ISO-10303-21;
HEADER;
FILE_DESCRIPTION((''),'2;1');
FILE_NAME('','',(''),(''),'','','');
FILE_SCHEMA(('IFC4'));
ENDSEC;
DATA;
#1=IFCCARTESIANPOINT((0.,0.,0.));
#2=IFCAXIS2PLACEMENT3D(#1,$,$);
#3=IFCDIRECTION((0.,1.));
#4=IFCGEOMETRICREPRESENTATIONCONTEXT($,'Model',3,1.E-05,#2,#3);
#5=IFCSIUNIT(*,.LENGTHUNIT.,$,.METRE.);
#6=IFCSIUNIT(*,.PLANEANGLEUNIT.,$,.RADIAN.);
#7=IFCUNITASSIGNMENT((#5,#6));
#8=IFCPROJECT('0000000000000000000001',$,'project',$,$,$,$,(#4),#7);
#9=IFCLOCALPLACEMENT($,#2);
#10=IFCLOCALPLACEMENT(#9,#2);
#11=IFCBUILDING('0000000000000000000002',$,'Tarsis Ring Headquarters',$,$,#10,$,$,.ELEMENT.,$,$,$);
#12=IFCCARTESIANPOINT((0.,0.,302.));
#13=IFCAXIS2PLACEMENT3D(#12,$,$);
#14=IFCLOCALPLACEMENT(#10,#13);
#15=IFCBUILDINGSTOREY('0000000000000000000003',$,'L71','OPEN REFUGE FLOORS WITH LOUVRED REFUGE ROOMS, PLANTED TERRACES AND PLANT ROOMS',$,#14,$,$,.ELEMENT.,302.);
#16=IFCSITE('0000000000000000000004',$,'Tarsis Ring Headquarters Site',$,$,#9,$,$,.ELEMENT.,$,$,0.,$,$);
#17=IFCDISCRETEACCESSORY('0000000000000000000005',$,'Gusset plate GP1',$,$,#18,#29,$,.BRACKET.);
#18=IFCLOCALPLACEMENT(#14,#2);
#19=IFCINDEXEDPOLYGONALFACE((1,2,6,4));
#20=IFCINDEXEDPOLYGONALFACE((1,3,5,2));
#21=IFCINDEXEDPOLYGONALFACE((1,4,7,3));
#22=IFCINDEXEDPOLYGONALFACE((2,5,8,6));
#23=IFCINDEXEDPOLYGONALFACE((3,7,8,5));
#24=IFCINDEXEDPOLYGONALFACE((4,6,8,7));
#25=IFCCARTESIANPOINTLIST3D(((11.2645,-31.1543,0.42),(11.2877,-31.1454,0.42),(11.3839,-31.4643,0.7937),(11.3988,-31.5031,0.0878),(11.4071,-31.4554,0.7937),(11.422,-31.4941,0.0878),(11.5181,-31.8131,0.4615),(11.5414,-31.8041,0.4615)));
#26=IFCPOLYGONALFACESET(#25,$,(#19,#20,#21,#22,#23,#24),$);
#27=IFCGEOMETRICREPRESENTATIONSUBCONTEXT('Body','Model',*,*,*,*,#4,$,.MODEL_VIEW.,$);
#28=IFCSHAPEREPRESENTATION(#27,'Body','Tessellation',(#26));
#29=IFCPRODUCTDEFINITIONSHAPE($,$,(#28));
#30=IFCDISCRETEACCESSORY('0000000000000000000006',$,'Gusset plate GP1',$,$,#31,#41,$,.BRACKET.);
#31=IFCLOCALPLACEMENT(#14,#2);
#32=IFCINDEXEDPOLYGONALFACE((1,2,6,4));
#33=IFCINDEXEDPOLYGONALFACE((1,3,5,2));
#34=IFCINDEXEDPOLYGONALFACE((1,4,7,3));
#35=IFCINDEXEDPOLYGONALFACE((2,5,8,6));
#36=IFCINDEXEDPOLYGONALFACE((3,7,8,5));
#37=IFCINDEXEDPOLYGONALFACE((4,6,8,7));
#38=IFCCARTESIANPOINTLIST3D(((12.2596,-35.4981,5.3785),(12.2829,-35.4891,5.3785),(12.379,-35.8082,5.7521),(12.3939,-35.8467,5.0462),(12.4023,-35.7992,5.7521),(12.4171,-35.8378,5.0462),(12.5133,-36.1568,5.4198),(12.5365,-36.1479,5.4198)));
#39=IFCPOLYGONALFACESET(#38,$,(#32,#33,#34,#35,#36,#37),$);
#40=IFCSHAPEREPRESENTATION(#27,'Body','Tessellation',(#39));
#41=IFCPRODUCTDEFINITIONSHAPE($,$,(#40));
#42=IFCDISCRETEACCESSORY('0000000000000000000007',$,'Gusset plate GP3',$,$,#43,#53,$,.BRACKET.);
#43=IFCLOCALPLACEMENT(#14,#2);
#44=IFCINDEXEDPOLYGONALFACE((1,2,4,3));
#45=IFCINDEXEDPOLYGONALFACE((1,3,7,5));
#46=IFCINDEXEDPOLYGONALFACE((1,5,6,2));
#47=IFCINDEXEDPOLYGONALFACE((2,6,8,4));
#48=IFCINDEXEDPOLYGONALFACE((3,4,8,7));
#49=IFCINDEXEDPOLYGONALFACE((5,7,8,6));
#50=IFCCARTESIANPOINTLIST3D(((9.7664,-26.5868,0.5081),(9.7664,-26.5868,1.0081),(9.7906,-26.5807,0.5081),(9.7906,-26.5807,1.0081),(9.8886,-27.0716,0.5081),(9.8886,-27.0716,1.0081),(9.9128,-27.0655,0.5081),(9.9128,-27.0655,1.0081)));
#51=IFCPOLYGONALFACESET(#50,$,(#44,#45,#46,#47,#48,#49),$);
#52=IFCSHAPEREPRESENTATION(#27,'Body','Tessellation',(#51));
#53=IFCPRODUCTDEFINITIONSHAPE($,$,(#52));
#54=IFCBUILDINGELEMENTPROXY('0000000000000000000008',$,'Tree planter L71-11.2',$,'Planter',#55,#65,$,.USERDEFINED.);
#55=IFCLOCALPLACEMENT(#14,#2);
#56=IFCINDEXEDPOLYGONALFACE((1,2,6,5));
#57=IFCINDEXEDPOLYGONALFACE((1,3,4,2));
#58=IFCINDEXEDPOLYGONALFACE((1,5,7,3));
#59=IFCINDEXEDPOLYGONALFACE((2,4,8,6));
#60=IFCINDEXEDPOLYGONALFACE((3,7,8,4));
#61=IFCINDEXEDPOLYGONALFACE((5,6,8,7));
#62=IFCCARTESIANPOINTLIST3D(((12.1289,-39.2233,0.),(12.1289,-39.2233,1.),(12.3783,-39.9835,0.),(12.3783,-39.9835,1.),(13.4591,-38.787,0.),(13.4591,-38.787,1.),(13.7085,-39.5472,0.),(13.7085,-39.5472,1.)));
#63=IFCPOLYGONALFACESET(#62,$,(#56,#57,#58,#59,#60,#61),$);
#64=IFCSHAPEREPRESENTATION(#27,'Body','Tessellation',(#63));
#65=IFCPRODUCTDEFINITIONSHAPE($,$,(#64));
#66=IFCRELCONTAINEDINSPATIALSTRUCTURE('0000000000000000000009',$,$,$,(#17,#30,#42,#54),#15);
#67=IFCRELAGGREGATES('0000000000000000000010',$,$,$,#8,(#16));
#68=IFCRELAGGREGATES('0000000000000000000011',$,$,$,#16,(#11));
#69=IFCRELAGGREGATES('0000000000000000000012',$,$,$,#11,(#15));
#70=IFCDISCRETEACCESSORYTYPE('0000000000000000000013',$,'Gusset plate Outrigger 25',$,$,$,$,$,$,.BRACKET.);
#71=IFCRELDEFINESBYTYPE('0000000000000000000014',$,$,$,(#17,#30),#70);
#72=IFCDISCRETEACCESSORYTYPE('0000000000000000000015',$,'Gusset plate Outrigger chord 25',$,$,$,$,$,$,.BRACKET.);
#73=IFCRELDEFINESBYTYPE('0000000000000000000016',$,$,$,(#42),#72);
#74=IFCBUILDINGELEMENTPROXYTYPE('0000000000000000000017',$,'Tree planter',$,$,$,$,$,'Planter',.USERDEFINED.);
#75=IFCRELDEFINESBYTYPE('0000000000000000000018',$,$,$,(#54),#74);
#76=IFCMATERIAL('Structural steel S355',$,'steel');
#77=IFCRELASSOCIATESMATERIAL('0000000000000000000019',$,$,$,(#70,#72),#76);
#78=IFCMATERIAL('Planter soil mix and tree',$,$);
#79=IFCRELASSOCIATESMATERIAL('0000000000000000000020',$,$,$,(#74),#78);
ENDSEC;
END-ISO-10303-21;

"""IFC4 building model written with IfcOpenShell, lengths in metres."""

from ifc_helpers import new_model, si_unit, direction, frame, origin, origin_2d, place, context, subcontext, project, spatial, rectangle, extrude, material, material_profile, profile_set, type_object, element, save


model = new_model("IFC4")

# Units and contexts
model_context = context("Model", 3, precision=1e-05, world=origin(), true_north=direction((0.0, 1.0)))
body_context = subcontext(model_context, "Body", "Model", "MODEL_VIEW")
ifc_project = project(units=[si_unit("LENGTHUNIT", "METRE"), si_unit("PLANEANGLEUNIT", "RADIAN")], contexts=[model_context])

# Site, building, storey
site_placement = place(None, origin())
site = spatial("IfcSite", under=ifc_project, at=site_placement, Name="Tarsis Ring Headquarters Site", CompositionType="ELEMENT", RefElevation=0.0)
building_placement = place(site_placement, origin())
building = spatial("IfcBuilding", under=site, at=building_placement, Name="Tarsis Ring Headquarters", CompositionType="ELEMENT")
storey_placement = place(building_placement, frame((0.0, 0.0, 302.0)))
storey = spatial("IfcBuildingStorey", under=building, at=storey_placement, Name="L71", Description="OPEN REFUGE FLOORS WITH LOUVRED REFUGE ROOMS, PLANTED TERRACES AND PLANT ROOMS", CompositionType="ELEMENT", Elevation=302.0)

# Shared definitions
ifc_material_1 = material(Name="Structural steel S355", Category="steel")

# Discrete accessories
ifc_material_profile_1 = material_profile(ifc_material_1, rectangle(XDim=0.0249, YDim=0.5, at=origin_2d()), Name="PL 25x500")
ifc_profile_set_1 = profile_set([ifc_material_profile_1], Name="Structural steel S355")
discrete_accessory_type_1 = type_object("IfcDiscreteAccessoryType", Name="Gusset plate Outrigger 25", PredefinedType="BRACKET", material=ifc_profile_set_1)
for number, where, z_axis, x_axis, name in (
    (1, (11.3433, -31.3242, 0.2539), (0.238722, -0.619993, 0.747409), (0.933213, 0.359324, 0.0), "Gusset plate GP1"),
    (2, (12.4578, -35.978, 5.5859), (-0.238809, 0.620219, -0.747194), (-0.933213, -0.359324, 0.0), "Gusset plate GP1"),
):
    element("IfcDiscreteAccessory", number, at=place(storey_placement, frame(where, z_axis=z_axis, x_axis=x_axis)), inside=storey, type_object=discrete_accessory_type_1, Name=name, PredefinedType="BRACKET", context=body_context, shape_type="SweptSolid", body=[
        extrude(rectangle(XDim=0.0249, YDim=0.5, at=origin_2d()), origin(), (0.0, 0.0, 1.0), 0.5),
    ])
discrete_accessory_type_2 = type_object("IfcDiscreteAccessoryType", Name="Gusset plate Outrigger chord 25", PredefinedType="BRACKET", material=ifc_profile_set_1)
discrete_accessory_1_placement = place(storey_placement, frame((9.8396, -26.8262, 0.5081), z_axis=(0.0, 0.0, 1.0), x_axis=(-0.969676, -0.244393, 0.0)))
element("IfcDiscreteAccessory", 3, at=discrete_accessory_1_placement, inside=storey, type_object=discrete_accessory_type_2, Name="Gusset plate GP3", PredefinedType="BRACKET", context=body_context, shape_type="SweptSolid", body=[
    extrude(rectangle(XDim=0.0249, YDim=0.5, at=origin_2d()), origin(), (0.0, 0.0, 1.0), 0.5),
])

# Building element proxy
ifc_material_2 = material(Name="Planter soil mix and tree")
building_element_proxy_type = type_object("IfcBuildingElementProxyType", Name="Tree planter", ElementType="Planter", PredefinedType="USERDEFINED", material=ifc_material_2)
proxy_placement = place(storey_placement, frame((12.9187, -39.3853, 0.0), z_axis=(0.0, 0.0, 1.0), x_axis=(0.95019, 0.311672, 0.0)))
element("IfcBuildingElementProxy", 4, at=proxy_placement, inside=storey, type_object=building_element_proxy_type, Name="Tree planter L71-11.2", ObjectType="Planter", PredefinedType="USERDEFINED", context=body_context, shape_type="SweptSolid", body=[
    extrude(rectangle(XDim=1.3999, YDim=0.8, at=origin_2d()), origin(), (0.0, 0.0, 1.0), 1.0),
])

save(model, "model.ifc")
